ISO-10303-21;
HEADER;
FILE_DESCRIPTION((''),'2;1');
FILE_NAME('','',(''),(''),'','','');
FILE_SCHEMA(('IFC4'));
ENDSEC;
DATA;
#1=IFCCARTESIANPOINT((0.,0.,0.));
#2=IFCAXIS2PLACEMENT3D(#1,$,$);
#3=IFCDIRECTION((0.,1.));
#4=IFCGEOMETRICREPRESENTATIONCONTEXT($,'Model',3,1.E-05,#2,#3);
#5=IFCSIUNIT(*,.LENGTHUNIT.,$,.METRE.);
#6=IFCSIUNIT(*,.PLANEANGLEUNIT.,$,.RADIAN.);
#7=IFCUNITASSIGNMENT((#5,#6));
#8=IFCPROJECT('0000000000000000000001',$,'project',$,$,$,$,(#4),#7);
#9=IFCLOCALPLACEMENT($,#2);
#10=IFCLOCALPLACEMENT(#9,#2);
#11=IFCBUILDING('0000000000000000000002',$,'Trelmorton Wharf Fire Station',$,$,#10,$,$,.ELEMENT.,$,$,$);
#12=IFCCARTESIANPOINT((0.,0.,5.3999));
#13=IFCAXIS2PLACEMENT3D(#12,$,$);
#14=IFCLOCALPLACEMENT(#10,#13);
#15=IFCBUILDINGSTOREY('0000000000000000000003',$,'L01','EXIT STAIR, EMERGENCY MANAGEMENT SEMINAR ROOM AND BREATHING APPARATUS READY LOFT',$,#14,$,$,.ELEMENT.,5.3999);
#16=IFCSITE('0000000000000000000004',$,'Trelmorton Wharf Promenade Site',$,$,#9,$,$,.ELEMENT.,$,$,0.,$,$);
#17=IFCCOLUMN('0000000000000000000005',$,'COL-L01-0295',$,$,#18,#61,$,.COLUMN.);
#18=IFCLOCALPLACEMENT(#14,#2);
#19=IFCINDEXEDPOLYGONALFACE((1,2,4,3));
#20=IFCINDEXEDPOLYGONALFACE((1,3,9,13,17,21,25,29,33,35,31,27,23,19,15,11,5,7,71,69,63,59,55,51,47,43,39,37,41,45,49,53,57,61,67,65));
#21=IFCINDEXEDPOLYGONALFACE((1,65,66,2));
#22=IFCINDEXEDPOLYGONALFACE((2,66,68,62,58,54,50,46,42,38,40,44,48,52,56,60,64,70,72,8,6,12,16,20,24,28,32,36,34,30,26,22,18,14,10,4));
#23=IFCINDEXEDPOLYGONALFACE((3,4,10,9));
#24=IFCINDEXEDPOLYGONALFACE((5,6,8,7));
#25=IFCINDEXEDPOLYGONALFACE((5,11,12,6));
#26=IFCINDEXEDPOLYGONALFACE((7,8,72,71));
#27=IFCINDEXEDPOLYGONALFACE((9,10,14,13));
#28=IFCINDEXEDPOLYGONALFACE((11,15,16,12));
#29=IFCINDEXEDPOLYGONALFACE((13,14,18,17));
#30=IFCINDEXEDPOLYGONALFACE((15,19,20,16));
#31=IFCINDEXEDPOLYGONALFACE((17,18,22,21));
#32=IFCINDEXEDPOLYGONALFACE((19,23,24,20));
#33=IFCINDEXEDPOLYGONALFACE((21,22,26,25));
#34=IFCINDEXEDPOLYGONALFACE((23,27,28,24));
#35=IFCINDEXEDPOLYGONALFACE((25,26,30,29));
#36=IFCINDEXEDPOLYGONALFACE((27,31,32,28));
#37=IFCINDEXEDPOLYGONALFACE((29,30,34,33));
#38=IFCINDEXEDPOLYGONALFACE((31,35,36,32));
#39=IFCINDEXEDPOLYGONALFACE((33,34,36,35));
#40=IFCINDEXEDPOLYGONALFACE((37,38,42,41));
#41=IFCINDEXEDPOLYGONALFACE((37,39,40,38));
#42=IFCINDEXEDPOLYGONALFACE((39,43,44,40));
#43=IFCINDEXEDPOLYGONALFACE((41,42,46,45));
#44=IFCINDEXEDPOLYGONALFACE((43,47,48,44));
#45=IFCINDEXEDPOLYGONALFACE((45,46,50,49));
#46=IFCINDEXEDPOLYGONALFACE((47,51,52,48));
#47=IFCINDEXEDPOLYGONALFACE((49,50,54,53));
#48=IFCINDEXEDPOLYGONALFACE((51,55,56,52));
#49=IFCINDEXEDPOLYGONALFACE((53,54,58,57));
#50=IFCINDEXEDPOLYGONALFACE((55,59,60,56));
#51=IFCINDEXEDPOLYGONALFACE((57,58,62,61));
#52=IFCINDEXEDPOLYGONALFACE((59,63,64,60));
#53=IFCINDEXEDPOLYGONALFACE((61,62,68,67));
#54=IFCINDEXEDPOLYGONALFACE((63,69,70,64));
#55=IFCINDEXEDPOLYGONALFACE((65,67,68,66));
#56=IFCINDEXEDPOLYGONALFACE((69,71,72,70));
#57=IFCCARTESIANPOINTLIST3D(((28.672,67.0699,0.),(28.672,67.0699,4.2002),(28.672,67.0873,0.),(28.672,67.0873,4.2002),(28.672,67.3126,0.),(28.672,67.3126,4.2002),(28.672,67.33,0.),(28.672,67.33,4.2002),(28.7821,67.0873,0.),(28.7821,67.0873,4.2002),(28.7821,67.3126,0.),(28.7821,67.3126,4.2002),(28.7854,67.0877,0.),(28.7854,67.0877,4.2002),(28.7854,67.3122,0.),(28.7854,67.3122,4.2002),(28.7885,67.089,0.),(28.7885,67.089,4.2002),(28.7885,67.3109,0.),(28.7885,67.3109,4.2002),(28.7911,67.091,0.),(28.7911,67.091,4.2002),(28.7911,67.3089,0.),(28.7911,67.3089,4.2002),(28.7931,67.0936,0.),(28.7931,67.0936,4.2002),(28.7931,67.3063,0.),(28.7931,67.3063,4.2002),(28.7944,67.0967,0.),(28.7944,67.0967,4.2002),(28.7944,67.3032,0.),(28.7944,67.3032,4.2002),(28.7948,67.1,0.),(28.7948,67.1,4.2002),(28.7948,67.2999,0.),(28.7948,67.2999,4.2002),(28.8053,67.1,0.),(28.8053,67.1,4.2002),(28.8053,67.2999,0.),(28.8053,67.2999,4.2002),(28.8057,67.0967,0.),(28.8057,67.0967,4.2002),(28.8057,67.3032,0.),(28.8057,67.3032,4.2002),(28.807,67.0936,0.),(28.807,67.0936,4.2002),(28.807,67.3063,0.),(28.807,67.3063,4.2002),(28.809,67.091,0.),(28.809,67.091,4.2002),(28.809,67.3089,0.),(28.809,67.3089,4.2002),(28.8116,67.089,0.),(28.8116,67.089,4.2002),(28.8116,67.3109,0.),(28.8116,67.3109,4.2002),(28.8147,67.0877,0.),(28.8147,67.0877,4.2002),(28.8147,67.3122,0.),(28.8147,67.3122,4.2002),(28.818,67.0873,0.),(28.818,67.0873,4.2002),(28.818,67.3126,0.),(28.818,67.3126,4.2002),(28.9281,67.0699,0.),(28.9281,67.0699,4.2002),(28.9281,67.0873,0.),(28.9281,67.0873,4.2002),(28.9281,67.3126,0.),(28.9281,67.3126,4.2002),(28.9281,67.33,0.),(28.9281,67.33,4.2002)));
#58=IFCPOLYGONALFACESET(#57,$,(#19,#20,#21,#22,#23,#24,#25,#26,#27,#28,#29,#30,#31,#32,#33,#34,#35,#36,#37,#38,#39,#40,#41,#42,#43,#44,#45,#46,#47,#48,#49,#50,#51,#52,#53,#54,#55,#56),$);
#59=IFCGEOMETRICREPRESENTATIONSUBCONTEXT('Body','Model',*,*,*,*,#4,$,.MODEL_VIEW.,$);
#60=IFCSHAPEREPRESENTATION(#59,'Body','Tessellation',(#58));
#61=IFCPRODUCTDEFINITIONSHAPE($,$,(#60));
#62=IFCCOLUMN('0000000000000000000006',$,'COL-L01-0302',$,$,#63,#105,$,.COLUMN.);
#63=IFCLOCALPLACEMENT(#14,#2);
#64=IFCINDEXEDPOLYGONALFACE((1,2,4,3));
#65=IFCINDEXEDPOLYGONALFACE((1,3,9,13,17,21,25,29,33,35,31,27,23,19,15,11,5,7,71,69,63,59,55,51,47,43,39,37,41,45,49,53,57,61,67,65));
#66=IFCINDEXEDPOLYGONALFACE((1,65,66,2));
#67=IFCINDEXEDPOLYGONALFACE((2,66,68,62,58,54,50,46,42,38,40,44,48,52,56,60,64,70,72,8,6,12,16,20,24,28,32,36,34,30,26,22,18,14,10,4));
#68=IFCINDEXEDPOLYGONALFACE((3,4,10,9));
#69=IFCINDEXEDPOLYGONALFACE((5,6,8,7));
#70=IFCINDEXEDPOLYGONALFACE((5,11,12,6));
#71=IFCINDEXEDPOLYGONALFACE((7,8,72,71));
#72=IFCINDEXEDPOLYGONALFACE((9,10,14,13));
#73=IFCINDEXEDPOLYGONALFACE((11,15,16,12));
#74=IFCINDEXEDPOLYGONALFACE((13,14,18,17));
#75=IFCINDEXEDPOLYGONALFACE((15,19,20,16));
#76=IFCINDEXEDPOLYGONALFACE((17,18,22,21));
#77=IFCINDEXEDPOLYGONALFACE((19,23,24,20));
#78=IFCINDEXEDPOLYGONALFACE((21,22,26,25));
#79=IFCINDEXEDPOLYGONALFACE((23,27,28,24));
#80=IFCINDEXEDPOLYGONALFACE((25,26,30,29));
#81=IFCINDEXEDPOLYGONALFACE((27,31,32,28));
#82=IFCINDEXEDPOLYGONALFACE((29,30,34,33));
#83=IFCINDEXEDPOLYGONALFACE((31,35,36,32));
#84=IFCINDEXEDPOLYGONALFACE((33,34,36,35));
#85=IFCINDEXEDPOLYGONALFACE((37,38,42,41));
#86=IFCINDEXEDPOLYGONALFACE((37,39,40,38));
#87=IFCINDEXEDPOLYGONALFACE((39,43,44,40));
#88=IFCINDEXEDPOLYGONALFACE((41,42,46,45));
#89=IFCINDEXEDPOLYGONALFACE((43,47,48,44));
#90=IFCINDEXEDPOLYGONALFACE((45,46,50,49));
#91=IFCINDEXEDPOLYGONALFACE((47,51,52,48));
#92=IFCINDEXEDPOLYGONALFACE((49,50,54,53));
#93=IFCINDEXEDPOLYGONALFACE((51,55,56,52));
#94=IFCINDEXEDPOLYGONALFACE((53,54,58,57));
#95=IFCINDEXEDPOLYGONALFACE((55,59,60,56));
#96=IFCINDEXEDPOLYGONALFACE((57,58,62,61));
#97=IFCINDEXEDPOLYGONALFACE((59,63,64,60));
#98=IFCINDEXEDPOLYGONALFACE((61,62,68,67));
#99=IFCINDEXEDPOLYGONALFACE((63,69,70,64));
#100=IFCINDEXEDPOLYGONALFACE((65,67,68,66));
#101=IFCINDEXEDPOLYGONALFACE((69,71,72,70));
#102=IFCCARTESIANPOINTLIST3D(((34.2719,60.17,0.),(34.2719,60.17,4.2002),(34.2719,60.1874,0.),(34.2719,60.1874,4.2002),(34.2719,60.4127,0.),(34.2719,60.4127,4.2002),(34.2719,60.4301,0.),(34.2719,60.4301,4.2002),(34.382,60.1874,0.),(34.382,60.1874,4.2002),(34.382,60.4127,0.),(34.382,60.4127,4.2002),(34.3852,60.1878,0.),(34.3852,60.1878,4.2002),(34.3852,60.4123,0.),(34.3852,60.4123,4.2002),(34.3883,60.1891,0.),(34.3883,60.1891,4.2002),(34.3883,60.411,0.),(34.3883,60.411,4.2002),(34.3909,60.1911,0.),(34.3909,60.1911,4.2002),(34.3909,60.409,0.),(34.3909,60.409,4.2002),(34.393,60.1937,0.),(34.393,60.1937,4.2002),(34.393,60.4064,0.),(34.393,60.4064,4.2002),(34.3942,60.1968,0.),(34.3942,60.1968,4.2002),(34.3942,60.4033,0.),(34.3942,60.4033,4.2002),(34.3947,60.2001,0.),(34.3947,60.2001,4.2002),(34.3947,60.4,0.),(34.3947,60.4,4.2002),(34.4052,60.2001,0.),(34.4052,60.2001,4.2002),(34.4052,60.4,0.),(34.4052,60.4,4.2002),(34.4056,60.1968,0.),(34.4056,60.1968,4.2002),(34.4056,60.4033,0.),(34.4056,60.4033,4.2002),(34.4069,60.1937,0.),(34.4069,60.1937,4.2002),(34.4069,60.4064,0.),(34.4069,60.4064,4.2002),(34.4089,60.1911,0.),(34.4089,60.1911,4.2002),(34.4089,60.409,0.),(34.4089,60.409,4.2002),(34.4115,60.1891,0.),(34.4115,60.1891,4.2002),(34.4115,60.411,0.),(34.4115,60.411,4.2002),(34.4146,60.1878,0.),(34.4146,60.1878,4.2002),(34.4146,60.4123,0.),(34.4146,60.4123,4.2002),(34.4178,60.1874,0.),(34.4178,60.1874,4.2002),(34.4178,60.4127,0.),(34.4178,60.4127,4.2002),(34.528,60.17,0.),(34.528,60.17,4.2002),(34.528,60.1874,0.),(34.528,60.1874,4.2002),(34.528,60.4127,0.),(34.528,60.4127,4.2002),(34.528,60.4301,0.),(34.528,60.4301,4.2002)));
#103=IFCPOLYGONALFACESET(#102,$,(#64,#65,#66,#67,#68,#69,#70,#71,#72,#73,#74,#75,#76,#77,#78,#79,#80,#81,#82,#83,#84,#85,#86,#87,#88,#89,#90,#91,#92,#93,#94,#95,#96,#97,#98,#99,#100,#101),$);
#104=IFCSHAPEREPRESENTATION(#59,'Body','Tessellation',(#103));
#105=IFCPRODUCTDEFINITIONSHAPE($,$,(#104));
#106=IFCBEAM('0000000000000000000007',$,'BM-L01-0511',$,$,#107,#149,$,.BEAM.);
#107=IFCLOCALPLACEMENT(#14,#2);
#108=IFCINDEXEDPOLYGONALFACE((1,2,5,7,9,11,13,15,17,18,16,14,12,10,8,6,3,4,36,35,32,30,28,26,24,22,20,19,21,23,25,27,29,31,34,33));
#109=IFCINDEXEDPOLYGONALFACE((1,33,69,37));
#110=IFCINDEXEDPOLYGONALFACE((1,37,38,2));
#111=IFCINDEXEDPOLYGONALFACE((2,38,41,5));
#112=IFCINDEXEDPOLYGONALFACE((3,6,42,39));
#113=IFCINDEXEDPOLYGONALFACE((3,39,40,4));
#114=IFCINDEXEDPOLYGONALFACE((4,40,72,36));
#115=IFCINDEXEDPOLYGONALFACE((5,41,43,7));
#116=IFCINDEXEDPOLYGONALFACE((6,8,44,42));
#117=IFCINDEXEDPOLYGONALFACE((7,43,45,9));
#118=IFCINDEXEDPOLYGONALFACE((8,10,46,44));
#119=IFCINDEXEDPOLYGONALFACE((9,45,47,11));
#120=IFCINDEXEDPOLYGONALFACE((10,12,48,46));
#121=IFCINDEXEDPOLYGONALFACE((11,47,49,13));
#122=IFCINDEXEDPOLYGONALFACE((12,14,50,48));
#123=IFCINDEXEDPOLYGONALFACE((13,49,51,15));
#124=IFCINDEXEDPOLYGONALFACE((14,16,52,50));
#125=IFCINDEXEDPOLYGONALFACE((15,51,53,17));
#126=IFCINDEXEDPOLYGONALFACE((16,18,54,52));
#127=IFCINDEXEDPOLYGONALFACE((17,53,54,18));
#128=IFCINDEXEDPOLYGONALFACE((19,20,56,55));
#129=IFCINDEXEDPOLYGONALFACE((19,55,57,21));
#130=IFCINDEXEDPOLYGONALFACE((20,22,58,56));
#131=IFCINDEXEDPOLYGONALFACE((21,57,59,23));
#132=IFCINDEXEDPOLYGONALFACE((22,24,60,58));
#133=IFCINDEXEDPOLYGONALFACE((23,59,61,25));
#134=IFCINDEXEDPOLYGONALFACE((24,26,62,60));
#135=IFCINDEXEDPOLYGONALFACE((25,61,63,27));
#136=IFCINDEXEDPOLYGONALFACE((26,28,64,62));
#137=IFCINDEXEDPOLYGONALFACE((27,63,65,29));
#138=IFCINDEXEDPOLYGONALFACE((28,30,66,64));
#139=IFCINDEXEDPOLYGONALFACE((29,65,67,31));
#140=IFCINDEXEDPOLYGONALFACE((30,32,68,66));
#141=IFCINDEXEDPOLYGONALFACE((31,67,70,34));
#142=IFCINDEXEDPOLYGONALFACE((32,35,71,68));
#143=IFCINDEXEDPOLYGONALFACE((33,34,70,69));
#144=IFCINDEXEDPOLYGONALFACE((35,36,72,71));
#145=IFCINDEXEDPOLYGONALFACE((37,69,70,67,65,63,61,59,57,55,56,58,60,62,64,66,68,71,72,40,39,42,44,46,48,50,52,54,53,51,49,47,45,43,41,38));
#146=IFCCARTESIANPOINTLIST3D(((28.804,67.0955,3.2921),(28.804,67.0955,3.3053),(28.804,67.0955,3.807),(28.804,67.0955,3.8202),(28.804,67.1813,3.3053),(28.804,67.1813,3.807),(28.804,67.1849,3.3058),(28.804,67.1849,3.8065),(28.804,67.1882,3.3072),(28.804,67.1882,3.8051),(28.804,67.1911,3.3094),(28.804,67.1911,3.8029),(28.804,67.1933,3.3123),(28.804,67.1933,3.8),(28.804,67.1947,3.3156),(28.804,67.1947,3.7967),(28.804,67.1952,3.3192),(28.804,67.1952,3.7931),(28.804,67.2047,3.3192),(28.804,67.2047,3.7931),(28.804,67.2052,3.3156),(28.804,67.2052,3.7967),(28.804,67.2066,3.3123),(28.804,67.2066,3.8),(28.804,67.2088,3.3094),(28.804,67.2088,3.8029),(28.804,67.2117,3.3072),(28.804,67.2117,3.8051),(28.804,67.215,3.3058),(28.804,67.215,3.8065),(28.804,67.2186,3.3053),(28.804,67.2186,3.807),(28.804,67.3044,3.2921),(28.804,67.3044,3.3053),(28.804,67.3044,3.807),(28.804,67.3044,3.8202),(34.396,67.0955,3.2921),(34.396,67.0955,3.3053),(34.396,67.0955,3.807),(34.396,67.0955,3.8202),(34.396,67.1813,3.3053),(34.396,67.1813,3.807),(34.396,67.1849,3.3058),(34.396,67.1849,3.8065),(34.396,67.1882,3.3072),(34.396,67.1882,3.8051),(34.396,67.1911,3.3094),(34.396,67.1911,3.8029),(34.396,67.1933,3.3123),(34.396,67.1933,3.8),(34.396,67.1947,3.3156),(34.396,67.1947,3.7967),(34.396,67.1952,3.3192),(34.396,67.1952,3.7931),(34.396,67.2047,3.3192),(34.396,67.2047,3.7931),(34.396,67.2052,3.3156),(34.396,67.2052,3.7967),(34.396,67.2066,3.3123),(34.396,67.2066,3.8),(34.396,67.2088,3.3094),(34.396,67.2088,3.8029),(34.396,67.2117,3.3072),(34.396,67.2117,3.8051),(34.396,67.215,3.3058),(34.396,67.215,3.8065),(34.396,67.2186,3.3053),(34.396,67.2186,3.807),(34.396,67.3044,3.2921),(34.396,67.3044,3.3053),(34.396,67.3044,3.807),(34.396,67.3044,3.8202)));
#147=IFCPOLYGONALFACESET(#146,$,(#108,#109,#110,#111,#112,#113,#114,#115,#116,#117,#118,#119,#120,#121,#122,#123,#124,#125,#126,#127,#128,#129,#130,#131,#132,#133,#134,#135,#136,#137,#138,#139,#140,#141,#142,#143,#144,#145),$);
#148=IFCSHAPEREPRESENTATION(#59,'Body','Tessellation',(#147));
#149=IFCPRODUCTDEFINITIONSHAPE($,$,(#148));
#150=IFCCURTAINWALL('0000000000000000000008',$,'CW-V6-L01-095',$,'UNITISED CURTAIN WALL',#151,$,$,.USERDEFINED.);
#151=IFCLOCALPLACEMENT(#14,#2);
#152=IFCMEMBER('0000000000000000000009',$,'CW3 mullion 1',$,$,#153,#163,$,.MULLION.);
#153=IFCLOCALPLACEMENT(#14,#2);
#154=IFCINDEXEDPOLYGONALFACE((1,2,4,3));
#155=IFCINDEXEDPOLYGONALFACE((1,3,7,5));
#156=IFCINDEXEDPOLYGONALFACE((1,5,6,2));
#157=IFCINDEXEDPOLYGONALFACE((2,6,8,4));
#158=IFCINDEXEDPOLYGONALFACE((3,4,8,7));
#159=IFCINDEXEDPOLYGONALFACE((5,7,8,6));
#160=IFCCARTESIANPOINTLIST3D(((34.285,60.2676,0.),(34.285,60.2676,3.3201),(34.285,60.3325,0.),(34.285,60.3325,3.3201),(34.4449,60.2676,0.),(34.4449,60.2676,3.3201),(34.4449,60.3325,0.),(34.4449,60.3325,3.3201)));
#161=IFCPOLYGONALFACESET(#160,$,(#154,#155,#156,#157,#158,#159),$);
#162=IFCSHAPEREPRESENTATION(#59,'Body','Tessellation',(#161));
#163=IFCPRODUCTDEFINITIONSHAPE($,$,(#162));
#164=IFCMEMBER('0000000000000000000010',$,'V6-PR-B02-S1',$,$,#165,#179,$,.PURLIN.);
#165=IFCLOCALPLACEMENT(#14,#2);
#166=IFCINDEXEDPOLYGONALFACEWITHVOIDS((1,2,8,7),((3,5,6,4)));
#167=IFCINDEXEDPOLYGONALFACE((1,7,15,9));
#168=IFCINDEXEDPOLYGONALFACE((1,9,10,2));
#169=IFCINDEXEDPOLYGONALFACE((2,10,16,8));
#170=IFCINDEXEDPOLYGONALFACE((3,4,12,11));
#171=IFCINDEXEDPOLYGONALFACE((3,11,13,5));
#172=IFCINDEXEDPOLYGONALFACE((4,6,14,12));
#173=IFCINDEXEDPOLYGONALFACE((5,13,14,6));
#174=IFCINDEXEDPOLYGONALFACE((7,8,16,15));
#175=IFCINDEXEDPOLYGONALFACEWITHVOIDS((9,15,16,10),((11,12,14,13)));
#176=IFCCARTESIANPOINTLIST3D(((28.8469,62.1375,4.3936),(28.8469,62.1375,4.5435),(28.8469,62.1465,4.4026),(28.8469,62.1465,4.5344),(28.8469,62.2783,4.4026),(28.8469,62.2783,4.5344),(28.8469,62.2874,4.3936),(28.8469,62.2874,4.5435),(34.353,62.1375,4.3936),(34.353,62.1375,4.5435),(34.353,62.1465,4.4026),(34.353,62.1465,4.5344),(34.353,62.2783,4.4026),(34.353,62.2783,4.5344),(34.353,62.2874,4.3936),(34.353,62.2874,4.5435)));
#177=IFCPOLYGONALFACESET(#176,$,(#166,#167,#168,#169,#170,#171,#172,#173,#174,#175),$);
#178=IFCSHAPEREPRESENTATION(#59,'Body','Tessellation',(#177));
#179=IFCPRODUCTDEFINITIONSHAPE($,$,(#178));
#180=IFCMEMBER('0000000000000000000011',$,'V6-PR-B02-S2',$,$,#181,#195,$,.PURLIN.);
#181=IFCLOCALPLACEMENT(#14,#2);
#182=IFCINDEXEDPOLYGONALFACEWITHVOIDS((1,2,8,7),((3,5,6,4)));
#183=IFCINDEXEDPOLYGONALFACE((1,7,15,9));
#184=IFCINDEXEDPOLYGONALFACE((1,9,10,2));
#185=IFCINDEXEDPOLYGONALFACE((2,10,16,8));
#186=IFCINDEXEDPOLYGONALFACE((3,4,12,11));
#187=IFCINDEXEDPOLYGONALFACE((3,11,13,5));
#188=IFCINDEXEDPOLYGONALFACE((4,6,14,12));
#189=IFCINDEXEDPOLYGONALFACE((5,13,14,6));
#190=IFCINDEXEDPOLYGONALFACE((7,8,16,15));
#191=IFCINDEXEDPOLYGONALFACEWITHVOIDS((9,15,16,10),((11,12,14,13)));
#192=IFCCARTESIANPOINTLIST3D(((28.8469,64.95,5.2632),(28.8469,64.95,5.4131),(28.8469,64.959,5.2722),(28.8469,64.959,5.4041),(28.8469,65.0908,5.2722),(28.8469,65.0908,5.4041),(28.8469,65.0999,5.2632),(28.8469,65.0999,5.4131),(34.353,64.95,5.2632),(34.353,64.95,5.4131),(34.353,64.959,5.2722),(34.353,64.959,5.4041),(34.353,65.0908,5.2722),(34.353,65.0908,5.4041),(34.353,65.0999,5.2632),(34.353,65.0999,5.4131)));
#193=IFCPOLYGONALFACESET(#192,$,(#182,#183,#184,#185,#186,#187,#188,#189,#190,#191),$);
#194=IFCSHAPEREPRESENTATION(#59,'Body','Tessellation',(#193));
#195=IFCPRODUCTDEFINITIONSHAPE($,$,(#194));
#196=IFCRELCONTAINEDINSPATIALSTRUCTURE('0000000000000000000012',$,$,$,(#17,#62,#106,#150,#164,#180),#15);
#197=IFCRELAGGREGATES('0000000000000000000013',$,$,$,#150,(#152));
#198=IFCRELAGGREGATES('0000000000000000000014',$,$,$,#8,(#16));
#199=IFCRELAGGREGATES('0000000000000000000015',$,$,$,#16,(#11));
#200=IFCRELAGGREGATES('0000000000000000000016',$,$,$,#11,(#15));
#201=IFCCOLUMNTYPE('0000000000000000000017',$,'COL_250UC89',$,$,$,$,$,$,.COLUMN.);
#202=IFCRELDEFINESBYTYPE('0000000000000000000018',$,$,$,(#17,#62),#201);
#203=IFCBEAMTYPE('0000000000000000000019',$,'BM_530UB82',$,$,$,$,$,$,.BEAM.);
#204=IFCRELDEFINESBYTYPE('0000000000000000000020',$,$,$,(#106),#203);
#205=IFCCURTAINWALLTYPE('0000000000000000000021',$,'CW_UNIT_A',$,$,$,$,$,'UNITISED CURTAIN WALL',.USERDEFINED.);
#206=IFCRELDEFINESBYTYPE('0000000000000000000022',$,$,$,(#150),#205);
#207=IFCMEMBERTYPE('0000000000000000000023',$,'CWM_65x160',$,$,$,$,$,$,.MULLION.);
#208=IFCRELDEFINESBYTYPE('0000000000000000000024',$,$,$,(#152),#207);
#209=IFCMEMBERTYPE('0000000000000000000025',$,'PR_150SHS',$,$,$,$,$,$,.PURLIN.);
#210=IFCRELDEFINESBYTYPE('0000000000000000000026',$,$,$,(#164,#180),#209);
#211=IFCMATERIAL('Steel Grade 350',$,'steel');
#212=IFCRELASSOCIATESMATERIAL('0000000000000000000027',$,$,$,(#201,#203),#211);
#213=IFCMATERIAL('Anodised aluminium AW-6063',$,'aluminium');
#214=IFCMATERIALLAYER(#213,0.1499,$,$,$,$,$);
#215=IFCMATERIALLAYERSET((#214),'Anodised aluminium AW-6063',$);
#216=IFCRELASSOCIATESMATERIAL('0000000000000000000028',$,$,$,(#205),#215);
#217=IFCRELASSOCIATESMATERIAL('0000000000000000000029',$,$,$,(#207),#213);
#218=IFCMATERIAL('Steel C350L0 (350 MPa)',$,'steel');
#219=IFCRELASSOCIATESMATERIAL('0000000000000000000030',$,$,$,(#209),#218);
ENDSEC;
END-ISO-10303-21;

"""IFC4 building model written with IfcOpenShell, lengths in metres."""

from ifc_helpers import new_model, si_unit, direction, frame, origin, origin_2d, place, context, subcontext, project, spatial, rectangle, hollow_rectangle, i_section, extrude, material, layer, layer_set, material_profile, profile_set, type_object, element, aggregate, save


model = new_model("IFC4")

# Units and contexts
model_context = context("Model", 3, precision=1e-05, world=origin(), true_north=direction((0.0, 1.0)))
body_context = subcontext(model_context, "Body", "Model", "MODEL_VIEW")
ifc_project = project(units=[si_unit("LENGTHUNIT", "METRE"), si_unit("PLANEANGLEUNIT", "RADIAN")], contexts=[model_context])

# Site, building, storey
site_placement = place(None, origin())
site = spatial("IfcSite", under=ifc_project, at=site_placement, Name="Trelmorton Wharf Promenade Site", CompositionType="ELEMENT", RefElevation=0.0)
building_placement = place(site_placement, origin())
building = spatial("IfcBuilding", under=site, at=building_placement, Name="Trelmorton Wharf Fire Station", CompositionType="ELEMENT")
storey_placement = place(building_placement, frame((0.0, 0.0, 5.3999)))
storey = spatial("IfcBuildingStorey", under=building, at=storey_placement, Name="L01", Description="EXIT STAIR, EMERGENCY MANAGEMENT SEMINAR ROOM AND BREATHING APPARATUS READY LOFT", CompositionType="ELEMENT", Elevation=5.3999)

# Columns
ifc_material_1 = material(Name="Steel Grade 350", Category="steel")
ifc_material_profile_1 = material_profile(ifc_material_1, i_section(OverallWidth=0.2561, OverallDepth=0.26, WebThickness=0.0105, FlangeThickness=0.0173, FilletRadius=0.0127, at=origin_2d()), Name="250UC89.5")
ifc_profile_set_1 = profile_set([ifc_material_profile_1], Name="Steel Grade 350")
column_type = type_object("IfcColumnType", Name="COL_250UC89", PredefinedType="COLUMN", material=ifc_profile_set_1)
for number, where, z_axis, x_axis, name in (
    (1, (28.8, 67.2, 0.0), (0.0, 0.0, 1.0), (1.0, 0.0, 0.0), "COL-L01-0295"),
    (2, (34.3999, 60.3, 0.0), (0.0, 0.0, 1.0), (1.0, 0.0, 0.0), "COL-L01-0302"),
):
    element("IfcColumn", number, at=place(storey_placement, frame(where, z_axis=z_axis, x_axis=x_axis)), inside=storey, type_object=column_type, Name=name, PredefinedType="COLUMN", context=body_context, shape_type="SweptSolid", body=[
        extrude(i_section(OverallWidth=0.2561, OverallDepth=0.26, WebThickness=0.0105, FlangeThickness=0.0173, FilletRadius=0.0127, at=origin_2d()), origin(), (0.0, 0.0, 1.0), 4.2002),
    ])

# Beam
ifc_material_profile_2 = material_profile(ifc_material_1, i_section(OverallWidth=0.209, OverallDepth=0.5281, WebThickness=0.0095, FlangeThickness=0.0132, FilletRadius=0.0139, at=origin_2d()), Name="530UB82.0")
ifc_profile_set_2 = profile_set([ifc_material_profile_2], Name="Steel Grade 350")
beam_type = type_object("IfcBeamType", Name="BM_530UB82", PredefinedType="BEAM", material=ifc_profile_set_2)
beam_placement = place(storey_placement, frame((28.804, 67.2, 3.5562), z_axis=(1.0, 0.0, 0.0), x_axis=(0.0, 1.0, 0.0)))
element("IfcBeam", 3, at=beam_placement, inside=storey, type_object=beam_type, Name="BM-L01-0511", PredefinedType="BEAM", context=body_context, shape_type="SweptSolid", body=[
    extrude(i_section(OverallWidth=0.209, OverallDepth=0.5281, WebThickness=0.0095, FlangeThickness=0.0132, FilletRadius=0.0139, at=origin_2d()), origin(), (0.0, 0.0, 1.0), 5.592),
])

# Curtain wall, member
ifc_material_2 = material(Name="Anodised aluminium AW-6063", Category="aluminium")
ifc_layer_1 = layer(ifc_material_2, 0.1499)
ifc_layer_set_1 = layer_set([ifc_layer_1], Name="Anodised aluminium AW-6063")
curtain_wall_type = type_object("IfcCurtainWallType", Name="CW_UNIT_A", ElementType="UNITISED CURTAIN WALL", PredefinedType="USERDEFINED", material=ifc_layer_set_1)
curtain_wall_placement = place(storey_placement, origin())
curtain_wall = element("IfcCurtainWall", 4, at=curtain_wall_placement, inside=storey, type_object=curtain_wall_type, Name="CW-V6-L01-095", ObjectType="UNITISED CURTAIN WALL", PredefinedType="USERDEFINED")
ifc_material_profile_3 = material_profile(ifc_material_2, rectangle(XDim=0.0649, YDim=0.1599, at=origin_2d()), Name="ALU-65x160")
ifc_profile_set_3 = profile_set([ifc_material_profile_3], Name="Anodised aluminium AW-6063")
member_type_1 = type_object("IfcMemberType", Name="CWM_65x160", PredefinedType="MULLION", material=ifc_profile_set_3)
member_1_placement = place(storey_placement, frame((34.365, 60.3, 0.0), z_axis=(0.0, 0.0, 1.0), x_axis=(0.0, -1.0, 0.0)))
member_1 = element("IfcMember", 5, at=member_1_placement, type_object=member_type_1, Name="CW3 mullion 1", PredefinedType="MULLION", context=body_context, shape_type="SweptSolid", body=[
    extrude(rectangle(XDim=0.0649, YDim=0.1599, at=origin_2d()), origin(), (0.0, 0.0, 1.0), 3.3201),
])
aggregate(curtain_wall, [member_1])

# Members
ifc_material_3 = material(Name="Steel C350L0 (350 MPa)", Category="steel")
ifc_material_profile_4 = material_profile(ifc_material_3, hollow_rectangle(XDim=0.1499, YDim=0.1499, WallThickness=0.009, at=origin_2d()), Name="150x150x9.0SHS")
ifc_profile_set_4 = profile_set([ifc_material_profile_4], Name="Steel C350L0 (350 MPa)")
member_type_2 = type_object("IfcMemberType", Name="PR_150SHS", PredefinedType="PURLIN", material=ifc_profile_set_4)
for number, where, z_axis, x_axis, name in (
    (6, (28.8469, 62.2124, 4.4685), (1.0, 0.0, 0.0), (0.0, 1.0, 0.0), "V6-PR-B02-S1"),
    (7, (28.8469, 65.0249, 5.3381), (1.0, 0.0, 0.0), (0.0, 1.0, 0.0), "V6-PR-B02-S2"),
):
    element("IfcMember", number, at=place(storey_placement, frame(where, z_axis=z_axis, x_axis=x_axis)), inside=storey, type_object=member_type_2, Name=name, PredefinedType="PURLIN", context=body_context, shape_type="SweptSolid", body=[
        extrude(hollow_rectangle(XDim=0.1499, YDim=0.1499, WallThickness=0.009, at=origin_2d()), origin(), (0.0, 0.0, 1.0), 5.5061),
    ])

save(model, "model.ifc")
